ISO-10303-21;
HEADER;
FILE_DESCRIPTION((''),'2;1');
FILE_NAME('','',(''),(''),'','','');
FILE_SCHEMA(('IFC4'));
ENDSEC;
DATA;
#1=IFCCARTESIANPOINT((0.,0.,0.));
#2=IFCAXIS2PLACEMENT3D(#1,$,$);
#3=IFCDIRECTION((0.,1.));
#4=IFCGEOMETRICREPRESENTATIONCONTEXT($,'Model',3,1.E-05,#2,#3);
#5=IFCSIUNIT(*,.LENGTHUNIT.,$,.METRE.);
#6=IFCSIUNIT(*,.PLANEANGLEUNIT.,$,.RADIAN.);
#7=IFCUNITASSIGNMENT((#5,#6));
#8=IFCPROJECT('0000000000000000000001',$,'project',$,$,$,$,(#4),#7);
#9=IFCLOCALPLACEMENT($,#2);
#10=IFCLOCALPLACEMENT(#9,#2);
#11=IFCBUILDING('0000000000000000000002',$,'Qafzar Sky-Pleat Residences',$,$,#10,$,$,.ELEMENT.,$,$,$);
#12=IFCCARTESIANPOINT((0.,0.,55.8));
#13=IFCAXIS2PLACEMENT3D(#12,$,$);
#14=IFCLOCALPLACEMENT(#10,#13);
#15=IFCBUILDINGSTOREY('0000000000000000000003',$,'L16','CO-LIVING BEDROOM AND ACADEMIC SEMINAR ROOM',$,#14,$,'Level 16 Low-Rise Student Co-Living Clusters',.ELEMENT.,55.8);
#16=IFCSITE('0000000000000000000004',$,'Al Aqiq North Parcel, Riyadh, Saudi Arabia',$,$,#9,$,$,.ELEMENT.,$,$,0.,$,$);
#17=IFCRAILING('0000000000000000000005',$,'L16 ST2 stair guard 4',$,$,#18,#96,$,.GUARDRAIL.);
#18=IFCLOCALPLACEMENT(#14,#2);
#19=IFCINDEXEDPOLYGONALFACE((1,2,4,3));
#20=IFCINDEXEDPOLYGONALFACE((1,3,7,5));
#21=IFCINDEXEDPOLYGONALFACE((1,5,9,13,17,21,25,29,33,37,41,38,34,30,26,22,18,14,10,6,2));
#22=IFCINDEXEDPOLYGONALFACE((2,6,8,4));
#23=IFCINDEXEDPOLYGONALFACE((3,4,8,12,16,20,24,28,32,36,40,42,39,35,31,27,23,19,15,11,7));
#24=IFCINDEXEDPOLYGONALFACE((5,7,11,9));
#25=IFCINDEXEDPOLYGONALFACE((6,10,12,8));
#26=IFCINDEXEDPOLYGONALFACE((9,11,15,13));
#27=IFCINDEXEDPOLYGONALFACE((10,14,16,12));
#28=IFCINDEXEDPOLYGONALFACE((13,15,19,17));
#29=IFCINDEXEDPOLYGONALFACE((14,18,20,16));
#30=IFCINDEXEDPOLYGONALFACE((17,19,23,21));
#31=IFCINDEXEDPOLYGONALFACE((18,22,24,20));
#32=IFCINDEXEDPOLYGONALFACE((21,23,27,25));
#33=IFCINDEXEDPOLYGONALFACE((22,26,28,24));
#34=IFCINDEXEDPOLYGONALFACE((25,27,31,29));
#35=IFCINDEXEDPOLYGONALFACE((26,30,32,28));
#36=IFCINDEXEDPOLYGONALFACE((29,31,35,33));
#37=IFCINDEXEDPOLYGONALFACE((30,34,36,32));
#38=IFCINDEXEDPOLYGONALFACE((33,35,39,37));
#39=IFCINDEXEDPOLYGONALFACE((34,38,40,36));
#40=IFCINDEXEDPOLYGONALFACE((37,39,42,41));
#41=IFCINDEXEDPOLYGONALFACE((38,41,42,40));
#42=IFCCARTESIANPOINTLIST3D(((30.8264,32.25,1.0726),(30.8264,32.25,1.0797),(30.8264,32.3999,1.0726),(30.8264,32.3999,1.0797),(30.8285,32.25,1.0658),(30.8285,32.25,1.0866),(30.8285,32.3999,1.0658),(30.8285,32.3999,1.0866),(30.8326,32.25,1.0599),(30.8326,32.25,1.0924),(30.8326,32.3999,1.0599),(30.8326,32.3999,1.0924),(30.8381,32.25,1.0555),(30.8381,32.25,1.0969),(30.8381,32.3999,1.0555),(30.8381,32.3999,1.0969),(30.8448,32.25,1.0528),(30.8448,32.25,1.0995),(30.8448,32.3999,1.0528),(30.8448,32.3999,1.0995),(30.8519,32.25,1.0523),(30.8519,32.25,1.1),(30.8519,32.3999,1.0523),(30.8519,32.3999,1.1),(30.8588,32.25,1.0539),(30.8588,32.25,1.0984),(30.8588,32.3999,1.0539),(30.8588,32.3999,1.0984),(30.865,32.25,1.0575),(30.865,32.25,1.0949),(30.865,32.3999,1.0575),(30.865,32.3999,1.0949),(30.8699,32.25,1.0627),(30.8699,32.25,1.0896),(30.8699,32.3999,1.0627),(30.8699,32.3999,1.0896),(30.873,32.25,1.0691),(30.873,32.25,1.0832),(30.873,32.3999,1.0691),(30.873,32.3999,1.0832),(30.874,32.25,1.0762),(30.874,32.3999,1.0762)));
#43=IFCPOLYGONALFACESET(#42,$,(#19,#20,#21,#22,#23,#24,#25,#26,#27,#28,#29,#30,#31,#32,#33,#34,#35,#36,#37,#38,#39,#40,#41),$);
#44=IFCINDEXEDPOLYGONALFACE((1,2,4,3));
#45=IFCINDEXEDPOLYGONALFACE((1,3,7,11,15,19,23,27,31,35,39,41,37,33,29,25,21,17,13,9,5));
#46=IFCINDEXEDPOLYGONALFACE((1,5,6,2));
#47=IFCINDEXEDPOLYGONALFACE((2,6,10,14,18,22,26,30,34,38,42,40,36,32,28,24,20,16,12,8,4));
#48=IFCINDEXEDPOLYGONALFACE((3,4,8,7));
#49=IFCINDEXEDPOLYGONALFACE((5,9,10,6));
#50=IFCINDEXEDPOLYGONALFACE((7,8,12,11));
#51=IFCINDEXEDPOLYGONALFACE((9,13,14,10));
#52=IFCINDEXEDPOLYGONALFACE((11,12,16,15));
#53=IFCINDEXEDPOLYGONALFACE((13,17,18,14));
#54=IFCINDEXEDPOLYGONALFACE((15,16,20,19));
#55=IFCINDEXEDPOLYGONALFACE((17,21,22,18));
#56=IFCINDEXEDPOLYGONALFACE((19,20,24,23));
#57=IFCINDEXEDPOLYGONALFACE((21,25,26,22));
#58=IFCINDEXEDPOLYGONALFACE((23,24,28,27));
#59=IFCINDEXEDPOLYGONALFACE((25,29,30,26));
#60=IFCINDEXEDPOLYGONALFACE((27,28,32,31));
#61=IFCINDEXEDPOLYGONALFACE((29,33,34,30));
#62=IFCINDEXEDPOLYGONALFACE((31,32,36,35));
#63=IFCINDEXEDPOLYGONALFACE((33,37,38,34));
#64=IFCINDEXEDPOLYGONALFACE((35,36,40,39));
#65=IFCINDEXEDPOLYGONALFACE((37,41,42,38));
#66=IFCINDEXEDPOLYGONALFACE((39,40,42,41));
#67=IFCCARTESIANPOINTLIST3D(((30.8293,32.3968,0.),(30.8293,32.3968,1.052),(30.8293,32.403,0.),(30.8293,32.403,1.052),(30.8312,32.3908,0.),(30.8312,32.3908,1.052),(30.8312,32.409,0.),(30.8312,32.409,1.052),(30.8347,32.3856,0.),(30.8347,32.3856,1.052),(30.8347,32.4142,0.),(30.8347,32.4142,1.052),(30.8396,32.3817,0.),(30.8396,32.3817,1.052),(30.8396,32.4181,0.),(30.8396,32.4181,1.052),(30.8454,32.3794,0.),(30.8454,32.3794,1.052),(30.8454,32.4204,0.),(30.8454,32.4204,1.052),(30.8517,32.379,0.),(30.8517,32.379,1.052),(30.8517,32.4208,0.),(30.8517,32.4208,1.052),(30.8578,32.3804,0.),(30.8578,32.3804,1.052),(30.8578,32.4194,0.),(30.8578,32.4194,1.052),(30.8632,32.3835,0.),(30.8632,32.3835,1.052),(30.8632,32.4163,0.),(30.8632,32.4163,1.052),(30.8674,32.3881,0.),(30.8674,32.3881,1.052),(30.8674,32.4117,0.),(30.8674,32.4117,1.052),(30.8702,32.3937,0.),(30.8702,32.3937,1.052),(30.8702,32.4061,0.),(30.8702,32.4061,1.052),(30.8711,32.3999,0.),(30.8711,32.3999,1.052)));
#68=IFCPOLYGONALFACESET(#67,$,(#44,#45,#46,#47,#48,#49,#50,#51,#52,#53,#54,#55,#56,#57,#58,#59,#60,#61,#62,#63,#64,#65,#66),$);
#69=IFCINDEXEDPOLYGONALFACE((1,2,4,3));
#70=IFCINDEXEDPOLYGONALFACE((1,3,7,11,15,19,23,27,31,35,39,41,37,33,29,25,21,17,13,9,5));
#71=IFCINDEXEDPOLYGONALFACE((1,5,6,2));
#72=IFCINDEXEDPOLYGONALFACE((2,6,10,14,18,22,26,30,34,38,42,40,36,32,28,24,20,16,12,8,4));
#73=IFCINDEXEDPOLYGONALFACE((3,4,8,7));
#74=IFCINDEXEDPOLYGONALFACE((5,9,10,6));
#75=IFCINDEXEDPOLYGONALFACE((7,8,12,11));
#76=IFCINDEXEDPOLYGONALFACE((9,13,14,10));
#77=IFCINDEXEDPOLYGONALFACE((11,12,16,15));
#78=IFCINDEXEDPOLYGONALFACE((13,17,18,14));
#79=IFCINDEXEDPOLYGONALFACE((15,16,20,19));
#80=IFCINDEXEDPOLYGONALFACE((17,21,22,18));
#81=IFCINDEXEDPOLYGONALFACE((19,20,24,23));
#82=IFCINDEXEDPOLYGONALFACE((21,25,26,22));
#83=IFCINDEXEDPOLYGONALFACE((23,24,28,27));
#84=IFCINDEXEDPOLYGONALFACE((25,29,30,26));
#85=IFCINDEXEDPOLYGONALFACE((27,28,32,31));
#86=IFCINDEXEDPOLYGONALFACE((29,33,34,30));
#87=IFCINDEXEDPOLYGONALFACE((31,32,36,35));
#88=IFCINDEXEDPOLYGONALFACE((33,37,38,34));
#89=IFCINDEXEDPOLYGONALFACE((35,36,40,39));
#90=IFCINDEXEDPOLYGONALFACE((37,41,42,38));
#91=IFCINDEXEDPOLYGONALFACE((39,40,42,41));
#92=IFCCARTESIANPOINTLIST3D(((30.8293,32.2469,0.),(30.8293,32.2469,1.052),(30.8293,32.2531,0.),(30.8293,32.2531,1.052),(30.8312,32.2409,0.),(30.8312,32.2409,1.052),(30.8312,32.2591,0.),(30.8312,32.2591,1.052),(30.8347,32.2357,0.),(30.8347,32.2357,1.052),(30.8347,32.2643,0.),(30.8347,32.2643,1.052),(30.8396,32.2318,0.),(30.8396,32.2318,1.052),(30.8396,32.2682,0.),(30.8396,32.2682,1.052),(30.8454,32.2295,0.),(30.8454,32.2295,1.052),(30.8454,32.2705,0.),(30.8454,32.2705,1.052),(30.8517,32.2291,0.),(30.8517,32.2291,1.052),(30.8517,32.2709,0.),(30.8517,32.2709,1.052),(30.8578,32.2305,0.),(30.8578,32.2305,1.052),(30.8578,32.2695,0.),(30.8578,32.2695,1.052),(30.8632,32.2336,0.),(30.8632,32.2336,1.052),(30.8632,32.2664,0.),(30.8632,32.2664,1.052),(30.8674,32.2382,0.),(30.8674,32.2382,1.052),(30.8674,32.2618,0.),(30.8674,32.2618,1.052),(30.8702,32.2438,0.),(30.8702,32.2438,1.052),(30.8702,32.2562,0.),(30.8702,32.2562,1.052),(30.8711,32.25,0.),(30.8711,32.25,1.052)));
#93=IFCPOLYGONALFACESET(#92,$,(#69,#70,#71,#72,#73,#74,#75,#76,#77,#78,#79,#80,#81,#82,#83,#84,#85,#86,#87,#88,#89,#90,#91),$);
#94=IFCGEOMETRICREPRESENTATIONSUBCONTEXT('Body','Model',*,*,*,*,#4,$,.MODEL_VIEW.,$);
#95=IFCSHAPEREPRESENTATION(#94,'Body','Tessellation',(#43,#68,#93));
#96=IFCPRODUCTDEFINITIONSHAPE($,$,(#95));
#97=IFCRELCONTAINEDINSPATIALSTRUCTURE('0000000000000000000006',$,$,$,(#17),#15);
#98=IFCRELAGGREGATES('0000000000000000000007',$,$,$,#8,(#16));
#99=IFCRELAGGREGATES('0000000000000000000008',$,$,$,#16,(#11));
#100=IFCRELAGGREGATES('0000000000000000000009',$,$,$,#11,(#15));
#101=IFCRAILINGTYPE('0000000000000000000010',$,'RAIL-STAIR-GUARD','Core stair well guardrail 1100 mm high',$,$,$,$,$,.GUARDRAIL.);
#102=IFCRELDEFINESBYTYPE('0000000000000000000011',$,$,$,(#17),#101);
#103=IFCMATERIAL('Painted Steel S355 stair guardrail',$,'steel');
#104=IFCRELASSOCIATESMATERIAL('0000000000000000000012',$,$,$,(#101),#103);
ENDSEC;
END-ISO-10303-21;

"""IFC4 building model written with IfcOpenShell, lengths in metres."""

from ifc_helpers import new_model, si_unit, direction, frame, origin, origin_2d, place, context, subcontext, project, spatial, circle, extrude, source, transform, mapped, material, type_object, element, save


model = new_model("IFC4")

# Units and contexts
model_context = context("Model", 3, precision=1e-05, world=origin(), true_north=direction((0.0, 1.0)))
body_context = subcontext(model_context, "Body", "Model", "MODEL_VIEW")
ifc_project = project(units=[si_unit("LENGTHUNIT", "METRE"), si_unit("PLANEANGLEUNIT", "RADIAN")], contexts=[model_context])

# Site, building, storey
site_placement = place(None, origin())
site = spatial("IfcSite", under=ifc_project, at=site_placement, Name="Al Aqiq North Parcel, Riyadh, Saudi Arabia", CompositionType="ELEMENT", RefElevation=0.0)
building_placement = place(site_placement, origin())
building = spatial("IfcBuilding", under=site, at=building_placement, Name="Qafzar Sky-Pleat Residences", CompositionType="ELEMENT")
storey_placement = place(building_placement, frame((0.0, 0.0, 55.8)))
storey = spatial("IfcBuildingStorey", under=building, at=storey_placement, Name="L16", Description="CO-LIVING BEDROOM AND ACADEMIC SEMINAR ROOM", LongName="Level 16 Low-Rise Student Co-Living Clusters", CompositionType="ELEMENT", Elevation=55.8)

# Railing
ifc_material_1 = material(Name="Painted Steel S355 stair guardrail", Category="steel")
railing_type_1 = type_object("IfcRailingType", Name="RAIL-STAIR-GUARD", Description="Core stair well guardrail 1100 mm high", PredefinedType="GUARDRAIL", material=ifc_material_1)
shared_shape_1 = source(origin(), body_context, "Body", "SweptSolid", [
    extrude(circle(Radius=0.0239, at=origin_2d()), frame((0.0, 0.0, 1.0762), z_axis=(0.0, -1.0, 0.0), x_axis=(1.0, 0.0, 0.0)), (0.0, 0.0, 1.0), 0.1499),
    extrude(circle(Radius=0.021, at=origin_2d()), origin(), (0.0, 0.0, 1.0), 1.052),
    extrude(circle(Radius=0.021, at=origin_2d()), frame((0.0, -0.1499, 0.0)), (0.0, 0.0, 1.0), 1.052),
])
railing_1_placement = place(storey_placement, frame((30.8501, 32.3999, 0.0)))
element("IfcRailing", 1, at=railing_1_placement, inside=storey, type_object=railing_type_1, Name="L16 ST2 stair guard 4", PredefinedType="GUARDRAIL", context=body_context, shape_type="MappedRepresentation", body=[
    mapped(shared_shape_1, transform((0.0, 0.0, 0.0), x_axis=(1.0, 0.0, 0.0), y_axis=(0.0, 1.0, 0.0), z_axis=(0.0, 0.0, 1.0), scale=1.0)),
])

save(model, "model.ifc")
